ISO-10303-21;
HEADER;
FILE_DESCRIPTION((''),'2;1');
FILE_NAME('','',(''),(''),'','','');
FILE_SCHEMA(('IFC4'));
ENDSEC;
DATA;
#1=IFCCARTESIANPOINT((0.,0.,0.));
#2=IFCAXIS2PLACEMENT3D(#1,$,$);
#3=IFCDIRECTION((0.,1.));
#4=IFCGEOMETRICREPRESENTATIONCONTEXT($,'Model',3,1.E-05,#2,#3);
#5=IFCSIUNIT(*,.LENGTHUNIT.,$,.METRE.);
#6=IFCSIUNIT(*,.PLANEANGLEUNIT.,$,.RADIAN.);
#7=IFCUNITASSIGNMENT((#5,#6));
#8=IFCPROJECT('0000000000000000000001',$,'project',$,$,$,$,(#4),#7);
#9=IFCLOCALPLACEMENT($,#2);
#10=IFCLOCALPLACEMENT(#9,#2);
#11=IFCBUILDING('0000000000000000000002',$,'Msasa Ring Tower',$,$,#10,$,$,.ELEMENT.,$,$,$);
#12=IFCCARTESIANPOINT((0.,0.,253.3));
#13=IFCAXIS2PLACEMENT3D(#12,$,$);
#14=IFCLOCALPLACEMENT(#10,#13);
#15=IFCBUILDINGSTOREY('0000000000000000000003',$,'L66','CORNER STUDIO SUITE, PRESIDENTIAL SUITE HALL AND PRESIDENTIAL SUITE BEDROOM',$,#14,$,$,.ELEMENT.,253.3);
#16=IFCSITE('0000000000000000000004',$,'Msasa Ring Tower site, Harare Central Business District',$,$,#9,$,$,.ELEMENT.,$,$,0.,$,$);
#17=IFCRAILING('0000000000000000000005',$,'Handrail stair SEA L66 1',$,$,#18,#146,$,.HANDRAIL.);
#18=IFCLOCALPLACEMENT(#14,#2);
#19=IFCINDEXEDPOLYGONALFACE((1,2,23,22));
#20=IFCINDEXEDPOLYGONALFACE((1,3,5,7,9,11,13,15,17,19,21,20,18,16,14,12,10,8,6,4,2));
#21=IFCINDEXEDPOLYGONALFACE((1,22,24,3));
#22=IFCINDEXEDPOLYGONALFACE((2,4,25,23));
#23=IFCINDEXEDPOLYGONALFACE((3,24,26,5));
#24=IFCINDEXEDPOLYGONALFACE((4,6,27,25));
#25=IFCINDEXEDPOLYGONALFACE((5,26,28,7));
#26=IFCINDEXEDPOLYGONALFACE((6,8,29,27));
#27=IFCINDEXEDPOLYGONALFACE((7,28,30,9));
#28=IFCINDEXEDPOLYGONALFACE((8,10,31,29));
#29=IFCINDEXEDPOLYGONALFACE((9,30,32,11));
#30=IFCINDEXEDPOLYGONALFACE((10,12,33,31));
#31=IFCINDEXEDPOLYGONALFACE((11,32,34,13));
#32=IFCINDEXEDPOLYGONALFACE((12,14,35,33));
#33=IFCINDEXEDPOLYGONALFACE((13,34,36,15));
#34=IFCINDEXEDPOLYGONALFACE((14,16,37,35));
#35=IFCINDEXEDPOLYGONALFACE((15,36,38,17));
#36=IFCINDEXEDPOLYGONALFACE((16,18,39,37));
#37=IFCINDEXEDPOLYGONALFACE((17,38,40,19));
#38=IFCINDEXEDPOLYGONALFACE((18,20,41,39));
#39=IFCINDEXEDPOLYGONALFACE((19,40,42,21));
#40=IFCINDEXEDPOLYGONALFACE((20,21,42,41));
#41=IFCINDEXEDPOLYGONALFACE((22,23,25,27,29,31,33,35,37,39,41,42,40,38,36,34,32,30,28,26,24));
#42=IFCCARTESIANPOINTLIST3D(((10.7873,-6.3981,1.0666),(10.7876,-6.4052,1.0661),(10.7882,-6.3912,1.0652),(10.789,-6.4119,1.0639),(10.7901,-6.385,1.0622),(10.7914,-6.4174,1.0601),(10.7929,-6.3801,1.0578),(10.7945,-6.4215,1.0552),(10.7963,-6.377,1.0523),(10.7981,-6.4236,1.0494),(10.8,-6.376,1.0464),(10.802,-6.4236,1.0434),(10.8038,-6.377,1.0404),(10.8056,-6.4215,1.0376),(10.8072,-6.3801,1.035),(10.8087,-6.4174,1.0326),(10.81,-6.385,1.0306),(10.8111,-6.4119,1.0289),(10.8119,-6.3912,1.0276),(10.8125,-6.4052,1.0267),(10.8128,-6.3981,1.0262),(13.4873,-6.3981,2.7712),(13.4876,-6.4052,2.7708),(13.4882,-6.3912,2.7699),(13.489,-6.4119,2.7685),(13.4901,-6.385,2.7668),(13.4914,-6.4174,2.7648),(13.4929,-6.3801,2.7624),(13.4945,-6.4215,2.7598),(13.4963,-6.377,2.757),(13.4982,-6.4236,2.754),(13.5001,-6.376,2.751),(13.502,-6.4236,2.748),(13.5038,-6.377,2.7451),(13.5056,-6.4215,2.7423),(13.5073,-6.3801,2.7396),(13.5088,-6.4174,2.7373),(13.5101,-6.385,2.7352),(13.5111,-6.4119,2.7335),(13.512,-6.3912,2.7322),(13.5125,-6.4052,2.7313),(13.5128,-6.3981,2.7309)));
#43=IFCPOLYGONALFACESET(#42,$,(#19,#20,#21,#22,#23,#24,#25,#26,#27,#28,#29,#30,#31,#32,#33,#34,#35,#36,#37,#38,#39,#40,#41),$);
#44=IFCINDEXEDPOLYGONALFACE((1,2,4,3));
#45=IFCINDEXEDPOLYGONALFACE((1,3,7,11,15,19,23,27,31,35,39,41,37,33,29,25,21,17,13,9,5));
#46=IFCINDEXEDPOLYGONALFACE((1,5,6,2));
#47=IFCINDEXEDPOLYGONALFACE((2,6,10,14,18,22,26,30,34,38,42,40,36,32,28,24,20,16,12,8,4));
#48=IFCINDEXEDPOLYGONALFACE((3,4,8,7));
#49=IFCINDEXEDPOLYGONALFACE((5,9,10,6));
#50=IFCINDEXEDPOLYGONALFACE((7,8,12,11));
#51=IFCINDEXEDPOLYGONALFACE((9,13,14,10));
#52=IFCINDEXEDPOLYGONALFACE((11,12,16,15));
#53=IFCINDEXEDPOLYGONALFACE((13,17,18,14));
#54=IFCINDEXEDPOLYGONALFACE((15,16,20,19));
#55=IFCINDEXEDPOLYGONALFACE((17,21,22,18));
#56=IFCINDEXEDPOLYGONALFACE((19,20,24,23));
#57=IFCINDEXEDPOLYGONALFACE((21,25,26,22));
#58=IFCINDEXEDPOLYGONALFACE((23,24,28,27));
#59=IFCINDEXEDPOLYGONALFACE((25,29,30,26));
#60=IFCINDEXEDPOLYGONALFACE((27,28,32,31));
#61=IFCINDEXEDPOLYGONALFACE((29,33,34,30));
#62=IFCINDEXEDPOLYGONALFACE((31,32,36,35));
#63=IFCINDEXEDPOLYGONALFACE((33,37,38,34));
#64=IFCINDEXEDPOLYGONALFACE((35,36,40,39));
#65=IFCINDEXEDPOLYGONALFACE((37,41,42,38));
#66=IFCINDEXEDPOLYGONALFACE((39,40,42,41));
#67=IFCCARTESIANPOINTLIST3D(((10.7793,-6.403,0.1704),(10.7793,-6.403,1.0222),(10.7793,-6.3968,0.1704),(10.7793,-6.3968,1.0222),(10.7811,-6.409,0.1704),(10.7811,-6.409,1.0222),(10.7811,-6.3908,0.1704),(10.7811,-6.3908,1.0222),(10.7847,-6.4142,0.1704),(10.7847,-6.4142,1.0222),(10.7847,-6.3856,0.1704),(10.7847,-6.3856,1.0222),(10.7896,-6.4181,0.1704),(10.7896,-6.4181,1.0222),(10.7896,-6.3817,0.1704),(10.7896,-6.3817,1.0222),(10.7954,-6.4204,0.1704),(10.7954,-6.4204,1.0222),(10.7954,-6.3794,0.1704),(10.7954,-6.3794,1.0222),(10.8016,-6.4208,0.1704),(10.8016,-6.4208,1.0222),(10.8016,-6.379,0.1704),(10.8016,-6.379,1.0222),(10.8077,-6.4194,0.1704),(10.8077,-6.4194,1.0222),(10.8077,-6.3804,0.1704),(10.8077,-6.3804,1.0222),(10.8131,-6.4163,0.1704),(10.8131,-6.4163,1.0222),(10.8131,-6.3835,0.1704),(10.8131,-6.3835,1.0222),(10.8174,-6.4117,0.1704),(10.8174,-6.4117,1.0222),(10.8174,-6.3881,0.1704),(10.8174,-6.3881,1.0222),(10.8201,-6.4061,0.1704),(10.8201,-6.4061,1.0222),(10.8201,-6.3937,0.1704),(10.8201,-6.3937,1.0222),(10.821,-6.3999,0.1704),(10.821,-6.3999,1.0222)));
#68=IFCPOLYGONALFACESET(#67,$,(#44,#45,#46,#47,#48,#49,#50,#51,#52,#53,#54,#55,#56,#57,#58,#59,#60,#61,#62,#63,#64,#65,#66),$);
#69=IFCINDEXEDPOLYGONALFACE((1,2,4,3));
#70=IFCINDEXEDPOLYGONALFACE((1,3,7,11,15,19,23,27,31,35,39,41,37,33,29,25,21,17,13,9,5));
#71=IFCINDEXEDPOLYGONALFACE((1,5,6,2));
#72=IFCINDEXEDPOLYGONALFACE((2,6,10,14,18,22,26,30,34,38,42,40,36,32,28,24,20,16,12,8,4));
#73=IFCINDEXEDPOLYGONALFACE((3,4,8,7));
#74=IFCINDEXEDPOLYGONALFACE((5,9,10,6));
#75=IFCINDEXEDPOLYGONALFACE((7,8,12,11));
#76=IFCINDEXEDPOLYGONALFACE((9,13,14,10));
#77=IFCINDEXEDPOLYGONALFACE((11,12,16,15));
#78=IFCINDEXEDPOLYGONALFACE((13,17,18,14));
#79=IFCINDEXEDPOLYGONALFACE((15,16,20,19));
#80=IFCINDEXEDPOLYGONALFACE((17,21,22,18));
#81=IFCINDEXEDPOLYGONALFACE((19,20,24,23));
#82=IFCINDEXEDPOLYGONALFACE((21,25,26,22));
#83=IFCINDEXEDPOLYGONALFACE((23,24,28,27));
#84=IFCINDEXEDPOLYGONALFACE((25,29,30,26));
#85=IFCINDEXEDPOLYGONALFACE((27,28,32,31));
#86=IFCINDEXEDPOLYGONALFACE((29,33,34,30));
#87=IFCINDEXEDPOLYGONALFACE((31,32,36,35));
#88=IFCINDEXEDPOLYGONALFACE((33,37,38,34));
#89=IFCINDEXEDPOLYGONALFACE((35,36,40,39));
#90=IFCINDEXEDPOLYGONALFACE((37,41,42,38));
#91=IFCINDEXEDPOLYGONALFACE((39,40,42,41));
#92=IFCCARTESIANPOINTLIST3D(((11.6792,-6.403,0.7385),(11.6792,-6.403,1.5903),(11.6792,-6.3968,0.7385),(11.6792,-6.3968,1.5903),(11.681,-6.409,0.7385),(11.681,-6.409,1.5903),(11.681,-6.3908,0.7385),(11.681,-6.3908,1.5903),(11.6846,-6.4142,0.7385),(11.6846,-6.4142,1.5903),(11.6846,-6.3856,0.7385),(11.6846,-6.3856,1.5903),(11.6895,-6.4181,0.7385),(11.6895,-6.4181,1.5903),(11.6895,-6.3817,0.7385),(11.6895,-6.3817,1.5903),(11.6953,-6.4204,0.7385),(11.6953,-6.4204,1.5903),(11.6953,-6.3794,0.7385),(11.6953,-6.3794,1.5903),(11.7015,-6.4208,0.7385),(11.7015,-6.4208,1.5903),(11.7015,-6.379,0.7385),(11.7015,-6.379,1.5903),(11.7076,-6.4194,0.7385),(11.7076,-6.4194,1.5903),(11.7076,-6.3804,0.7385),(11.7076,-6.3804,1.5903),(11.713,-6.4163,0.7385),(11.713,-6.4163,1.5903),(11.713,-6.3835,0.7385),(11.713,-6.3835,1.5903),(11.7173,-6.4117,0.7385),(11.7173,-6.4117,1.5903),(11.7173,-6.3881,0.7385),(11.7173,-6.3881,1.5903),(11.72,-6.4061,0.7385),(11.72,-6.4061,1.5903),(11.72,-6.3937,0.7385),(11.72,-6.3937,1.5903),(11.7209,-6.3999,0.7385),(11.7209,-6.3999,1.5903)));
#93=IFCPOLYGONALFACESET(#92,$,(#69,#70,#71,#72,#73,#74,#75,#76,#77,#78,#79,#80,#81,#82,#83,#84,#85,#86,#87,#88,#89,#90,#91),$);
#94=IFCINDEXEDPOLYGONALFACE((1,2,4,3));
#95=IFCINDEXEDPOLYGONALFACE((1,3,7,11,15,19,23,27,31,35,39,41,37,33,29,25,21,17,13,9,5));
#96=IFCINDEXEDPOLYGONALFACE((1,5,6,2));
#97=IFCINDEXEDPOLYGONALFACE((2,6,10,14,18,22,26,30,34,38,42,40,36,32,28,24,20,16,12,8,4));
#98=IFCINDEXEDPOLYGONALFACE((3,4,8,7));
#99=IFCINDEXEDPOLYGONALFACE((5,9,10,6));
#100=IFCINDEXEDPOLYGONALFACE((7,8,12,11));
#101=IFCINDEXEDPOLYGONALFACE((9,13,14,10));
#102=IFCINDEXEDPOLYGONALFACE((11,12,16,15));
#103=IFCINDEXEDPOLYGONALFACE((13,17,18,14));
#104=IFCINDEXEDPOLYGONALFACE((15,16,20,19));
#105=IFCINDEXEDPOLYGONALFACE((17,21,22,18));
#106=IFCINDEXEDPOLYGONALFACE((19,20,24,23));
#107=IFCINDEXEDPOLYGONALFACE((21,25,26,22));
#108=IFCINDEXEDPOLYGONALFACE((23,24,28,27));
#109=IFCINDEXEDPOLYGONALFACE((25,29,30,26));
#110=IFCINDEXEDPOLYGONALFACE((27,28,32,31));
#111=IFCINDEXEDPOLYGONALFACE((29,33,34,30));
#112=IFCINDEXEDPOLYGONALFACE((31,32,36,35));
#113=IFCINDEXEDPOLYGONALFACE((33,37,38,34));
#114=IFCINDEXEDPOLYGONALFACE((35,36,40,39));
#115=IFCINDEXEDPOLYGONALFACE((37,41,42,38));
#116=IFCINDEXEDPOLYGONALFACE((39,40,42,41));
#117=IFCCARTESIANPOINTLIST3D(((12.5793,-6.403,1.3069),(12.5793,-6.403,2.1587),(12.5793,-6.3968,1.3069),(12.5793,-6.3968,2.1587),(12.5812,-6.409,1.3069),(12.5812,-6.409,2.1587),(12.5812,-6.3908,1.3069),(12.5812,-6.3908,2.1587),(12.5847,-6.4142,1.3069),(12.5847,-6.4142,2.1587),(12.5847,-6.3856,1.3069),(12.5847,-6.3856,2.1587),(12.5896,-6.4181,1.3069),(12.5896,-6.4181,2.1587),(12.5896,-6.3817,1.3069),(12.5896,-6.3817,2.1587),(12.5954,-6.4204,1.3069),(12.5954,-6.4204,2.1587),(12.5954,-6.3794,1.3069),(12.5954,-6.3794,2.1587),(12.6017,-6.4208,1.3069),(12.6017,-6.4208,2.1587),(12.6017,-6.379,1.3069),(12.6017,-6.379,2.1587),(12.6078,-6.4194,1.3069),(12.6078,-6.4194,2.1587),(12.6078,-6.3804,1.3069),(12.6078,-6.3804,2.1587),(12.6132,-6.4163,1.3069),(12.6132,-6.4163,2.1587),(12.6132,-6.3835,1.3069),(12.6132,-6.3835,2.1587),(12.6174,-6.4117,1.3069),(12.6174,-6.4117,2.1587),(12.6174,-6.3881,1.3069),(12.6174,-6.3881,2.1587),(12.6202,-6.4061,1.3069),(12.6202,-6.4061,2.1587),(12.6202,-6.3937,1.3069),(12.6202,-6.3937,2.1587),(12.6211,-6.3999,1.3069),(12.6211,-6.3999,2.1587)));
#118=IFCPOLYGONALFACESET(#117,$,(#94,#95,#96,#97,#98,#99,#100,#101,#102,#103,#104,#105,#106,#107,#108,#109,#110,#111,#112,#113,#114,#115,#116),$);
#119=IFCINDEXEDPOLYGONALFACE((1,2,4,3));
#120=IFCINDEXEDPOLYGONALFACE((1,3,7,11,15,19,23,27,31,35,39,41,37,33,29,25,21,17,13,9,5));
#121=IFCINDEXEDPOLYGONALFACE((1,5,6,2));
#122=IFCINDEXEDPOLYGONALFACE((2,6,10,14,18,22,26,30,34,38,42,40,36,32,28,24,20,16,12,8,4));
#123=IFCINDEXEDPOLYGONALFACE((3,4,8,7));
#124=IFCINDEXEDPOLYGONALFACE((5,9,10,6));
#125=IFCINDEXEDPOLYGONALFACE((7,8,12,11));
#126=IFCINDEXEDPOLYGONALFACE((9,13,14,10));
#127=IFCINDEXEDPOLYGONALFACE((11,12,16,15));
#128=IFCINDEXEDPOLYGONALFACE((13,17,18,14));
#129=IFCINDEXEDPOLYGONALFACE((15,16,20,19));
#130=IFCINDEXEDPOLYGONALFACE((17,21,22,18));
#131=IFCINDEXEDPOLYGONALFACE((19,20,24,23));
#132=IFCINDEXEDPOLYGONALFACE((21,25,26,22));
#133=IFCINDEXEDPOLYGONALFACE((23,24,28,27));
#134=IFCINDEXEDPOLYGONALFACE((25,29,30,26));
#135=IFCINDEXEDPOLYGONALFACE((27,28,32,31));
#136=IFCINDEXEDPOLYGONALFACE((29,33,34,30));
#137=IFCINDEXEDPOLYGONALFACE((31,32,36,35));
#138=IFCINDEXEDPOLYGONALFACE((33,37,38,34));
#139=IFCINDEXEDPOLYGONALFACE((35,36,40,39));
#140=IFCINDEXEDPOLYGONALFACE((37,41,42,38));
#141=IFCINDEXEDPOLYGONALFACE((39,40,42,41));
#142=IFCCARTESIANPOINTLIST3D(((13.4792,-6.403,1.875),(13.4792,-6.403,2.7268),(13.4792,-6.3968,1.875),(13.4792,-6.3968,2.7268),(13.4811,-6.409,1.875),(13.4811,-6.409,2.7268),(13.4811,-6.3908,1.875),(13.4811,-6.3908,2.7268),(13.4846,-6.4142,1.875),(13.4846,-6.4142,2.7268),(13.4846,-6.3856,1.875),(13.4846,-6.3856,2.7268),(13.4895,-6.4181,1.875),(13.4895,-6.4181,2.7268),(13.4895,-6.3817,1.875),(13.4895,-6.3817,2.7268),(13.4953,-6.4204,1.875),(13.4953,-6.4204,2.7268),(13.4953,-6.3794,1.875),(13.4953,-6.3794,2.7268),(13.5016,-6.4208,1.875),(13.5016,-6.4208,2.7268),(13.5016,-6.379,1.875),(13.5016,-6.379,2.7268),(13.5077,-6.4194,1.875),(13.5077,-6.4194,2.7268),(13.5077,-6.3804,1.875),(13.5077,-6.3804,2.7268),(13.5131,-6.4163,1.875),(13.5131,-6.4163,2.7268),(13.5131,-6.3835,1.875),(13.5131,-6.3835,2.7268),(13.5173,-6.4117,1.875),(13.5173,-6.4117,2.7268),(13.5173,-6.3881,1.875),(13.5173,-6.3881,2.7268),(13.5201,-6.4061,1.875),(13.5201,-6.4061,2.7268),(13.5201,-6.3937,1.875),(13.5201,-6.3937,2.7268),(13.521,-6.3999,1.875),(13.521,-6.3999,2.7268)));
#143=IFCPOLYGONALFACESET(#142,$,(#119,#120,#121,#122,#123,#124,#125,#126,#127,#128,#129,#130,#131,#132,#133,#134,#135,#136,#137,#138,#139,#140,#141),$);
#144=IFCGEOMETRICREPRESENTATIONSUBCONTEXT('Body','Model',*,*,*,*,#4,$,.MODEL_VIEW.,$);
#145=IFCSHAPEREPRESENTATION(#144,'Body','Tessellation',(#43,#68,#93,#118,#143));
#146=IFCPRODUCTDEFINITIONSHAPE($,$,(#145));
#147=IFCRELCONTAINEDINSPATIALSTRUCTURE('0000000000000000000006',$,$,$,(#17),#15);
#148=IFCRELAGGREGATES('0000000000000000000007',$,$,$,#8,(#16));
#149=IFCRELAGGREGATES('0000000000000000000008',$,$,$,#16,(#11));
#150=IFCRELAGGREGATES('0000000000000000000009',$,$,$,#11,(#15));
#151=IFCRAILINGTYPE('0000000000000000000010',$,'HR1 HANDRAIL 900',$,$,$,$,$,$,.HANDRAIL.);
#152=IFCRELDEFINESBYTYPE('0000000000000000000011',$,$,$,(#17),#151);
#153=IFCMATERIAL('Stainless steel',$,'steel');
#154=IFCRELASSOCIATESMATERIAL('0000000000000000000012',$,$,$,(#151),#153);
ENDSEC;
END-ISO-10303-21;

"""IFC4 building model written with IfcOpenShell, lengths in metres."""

from ifc_helpers import new_model, si_unit, direction, frame, origin, origin_2d, place, context, subcontext, project, spatial, circle, extrude, material, type_object, element, save


model = new_model("IFC4")

# Units and contexts
model_context = context("Model", 3, precision=1e-05, world=origin(), true_north=direction((0.0, 1.0)))
body_context = subcontext(model_context, "Body", "Model", "MODEL_VIEW")
ifc_project = project(units=[si_unit("LENGTHUNIT", "METRE"), si_unit("PLANEANGLEUNIT", "RADIAN")], contexts=[model_context])

# Site, building, storey
site_placement = place(None, origin())
site = spatial("IfcSite", under=ifc_project, at=site_placement, Name="Msasa Ring Tower site, Harare Central Business District", CompositionType="ELEMENT", RefElevation=0.0)
building_placement = place(site_placement, origin())
building = spatial("IfcBuilding", under=site, at=building_placement, Name="Msasa Ring Tower", CompositionType="ELEMENT")
storey_placement = place(building_placement, frame((0.0, 0.0, 253.3)))
storey = spatial("IfcBuildingStorey", under=building, at=storey_placement, Name="L66", Description="CORNER STUDIO SUITE, PRESIDENTIAL SUITE HALL AND PRESIDENTIAL SUITE BEDROOM", CompositionType="ELEMENT", Elevation=253.3)

# Railing
ifc_material_1 = material(Name="Stainless steel", Category="steel")
railing_type = type_object("IfcRailingType", Name="HR1 HANDRAIL 900", PredefinedType="HANDRAIL", material=ifc_material_1)
railing_placement = place(storey_placement, frame((10.8, -6.3999, 0.1704)))
element("IfcRailing", 1, at=railing_placement, inside=storey, type_object=railing_type, Name="Handrail stair SEA L66 1", PredefinedType="HANDRAIL", context=body_context, shape_type="SweptSolid", body=[
    extrude(circle(Radius=0.0239, at=origin_2d()), frame((0.0, 0.0, 0.876), z_axis=(0.84558, 0.0, 0.533849), x_axis=(0.0, 1.0, 0.0)), (0.0, 0.0, 1.0), 3.1931),
    extrude(circle(Radius=0.021, at=origin_2d()), origin(), (0.0, 0.0, 1.0), 0.8518),
    extrude(circle(Radius=0.021, at=origin_2d()), frame((0.8999, 0.0, 0.5681)), (0.0, 0.0, 1.0), 0.8518),
    extrude(circle(Radius=0.021, at=origin_2d()), frame((1.8, 0.0, 1.1365)), (0.0, 0.0, 1.0), 0.8518),
    extrude(circle(Radius=0.021, at=origin_2d()), frame((2.7, 0.0, 1.7046)), (0.0, 0.0, 1.0), 0.8518),
])

save(model, "model.ifc")
